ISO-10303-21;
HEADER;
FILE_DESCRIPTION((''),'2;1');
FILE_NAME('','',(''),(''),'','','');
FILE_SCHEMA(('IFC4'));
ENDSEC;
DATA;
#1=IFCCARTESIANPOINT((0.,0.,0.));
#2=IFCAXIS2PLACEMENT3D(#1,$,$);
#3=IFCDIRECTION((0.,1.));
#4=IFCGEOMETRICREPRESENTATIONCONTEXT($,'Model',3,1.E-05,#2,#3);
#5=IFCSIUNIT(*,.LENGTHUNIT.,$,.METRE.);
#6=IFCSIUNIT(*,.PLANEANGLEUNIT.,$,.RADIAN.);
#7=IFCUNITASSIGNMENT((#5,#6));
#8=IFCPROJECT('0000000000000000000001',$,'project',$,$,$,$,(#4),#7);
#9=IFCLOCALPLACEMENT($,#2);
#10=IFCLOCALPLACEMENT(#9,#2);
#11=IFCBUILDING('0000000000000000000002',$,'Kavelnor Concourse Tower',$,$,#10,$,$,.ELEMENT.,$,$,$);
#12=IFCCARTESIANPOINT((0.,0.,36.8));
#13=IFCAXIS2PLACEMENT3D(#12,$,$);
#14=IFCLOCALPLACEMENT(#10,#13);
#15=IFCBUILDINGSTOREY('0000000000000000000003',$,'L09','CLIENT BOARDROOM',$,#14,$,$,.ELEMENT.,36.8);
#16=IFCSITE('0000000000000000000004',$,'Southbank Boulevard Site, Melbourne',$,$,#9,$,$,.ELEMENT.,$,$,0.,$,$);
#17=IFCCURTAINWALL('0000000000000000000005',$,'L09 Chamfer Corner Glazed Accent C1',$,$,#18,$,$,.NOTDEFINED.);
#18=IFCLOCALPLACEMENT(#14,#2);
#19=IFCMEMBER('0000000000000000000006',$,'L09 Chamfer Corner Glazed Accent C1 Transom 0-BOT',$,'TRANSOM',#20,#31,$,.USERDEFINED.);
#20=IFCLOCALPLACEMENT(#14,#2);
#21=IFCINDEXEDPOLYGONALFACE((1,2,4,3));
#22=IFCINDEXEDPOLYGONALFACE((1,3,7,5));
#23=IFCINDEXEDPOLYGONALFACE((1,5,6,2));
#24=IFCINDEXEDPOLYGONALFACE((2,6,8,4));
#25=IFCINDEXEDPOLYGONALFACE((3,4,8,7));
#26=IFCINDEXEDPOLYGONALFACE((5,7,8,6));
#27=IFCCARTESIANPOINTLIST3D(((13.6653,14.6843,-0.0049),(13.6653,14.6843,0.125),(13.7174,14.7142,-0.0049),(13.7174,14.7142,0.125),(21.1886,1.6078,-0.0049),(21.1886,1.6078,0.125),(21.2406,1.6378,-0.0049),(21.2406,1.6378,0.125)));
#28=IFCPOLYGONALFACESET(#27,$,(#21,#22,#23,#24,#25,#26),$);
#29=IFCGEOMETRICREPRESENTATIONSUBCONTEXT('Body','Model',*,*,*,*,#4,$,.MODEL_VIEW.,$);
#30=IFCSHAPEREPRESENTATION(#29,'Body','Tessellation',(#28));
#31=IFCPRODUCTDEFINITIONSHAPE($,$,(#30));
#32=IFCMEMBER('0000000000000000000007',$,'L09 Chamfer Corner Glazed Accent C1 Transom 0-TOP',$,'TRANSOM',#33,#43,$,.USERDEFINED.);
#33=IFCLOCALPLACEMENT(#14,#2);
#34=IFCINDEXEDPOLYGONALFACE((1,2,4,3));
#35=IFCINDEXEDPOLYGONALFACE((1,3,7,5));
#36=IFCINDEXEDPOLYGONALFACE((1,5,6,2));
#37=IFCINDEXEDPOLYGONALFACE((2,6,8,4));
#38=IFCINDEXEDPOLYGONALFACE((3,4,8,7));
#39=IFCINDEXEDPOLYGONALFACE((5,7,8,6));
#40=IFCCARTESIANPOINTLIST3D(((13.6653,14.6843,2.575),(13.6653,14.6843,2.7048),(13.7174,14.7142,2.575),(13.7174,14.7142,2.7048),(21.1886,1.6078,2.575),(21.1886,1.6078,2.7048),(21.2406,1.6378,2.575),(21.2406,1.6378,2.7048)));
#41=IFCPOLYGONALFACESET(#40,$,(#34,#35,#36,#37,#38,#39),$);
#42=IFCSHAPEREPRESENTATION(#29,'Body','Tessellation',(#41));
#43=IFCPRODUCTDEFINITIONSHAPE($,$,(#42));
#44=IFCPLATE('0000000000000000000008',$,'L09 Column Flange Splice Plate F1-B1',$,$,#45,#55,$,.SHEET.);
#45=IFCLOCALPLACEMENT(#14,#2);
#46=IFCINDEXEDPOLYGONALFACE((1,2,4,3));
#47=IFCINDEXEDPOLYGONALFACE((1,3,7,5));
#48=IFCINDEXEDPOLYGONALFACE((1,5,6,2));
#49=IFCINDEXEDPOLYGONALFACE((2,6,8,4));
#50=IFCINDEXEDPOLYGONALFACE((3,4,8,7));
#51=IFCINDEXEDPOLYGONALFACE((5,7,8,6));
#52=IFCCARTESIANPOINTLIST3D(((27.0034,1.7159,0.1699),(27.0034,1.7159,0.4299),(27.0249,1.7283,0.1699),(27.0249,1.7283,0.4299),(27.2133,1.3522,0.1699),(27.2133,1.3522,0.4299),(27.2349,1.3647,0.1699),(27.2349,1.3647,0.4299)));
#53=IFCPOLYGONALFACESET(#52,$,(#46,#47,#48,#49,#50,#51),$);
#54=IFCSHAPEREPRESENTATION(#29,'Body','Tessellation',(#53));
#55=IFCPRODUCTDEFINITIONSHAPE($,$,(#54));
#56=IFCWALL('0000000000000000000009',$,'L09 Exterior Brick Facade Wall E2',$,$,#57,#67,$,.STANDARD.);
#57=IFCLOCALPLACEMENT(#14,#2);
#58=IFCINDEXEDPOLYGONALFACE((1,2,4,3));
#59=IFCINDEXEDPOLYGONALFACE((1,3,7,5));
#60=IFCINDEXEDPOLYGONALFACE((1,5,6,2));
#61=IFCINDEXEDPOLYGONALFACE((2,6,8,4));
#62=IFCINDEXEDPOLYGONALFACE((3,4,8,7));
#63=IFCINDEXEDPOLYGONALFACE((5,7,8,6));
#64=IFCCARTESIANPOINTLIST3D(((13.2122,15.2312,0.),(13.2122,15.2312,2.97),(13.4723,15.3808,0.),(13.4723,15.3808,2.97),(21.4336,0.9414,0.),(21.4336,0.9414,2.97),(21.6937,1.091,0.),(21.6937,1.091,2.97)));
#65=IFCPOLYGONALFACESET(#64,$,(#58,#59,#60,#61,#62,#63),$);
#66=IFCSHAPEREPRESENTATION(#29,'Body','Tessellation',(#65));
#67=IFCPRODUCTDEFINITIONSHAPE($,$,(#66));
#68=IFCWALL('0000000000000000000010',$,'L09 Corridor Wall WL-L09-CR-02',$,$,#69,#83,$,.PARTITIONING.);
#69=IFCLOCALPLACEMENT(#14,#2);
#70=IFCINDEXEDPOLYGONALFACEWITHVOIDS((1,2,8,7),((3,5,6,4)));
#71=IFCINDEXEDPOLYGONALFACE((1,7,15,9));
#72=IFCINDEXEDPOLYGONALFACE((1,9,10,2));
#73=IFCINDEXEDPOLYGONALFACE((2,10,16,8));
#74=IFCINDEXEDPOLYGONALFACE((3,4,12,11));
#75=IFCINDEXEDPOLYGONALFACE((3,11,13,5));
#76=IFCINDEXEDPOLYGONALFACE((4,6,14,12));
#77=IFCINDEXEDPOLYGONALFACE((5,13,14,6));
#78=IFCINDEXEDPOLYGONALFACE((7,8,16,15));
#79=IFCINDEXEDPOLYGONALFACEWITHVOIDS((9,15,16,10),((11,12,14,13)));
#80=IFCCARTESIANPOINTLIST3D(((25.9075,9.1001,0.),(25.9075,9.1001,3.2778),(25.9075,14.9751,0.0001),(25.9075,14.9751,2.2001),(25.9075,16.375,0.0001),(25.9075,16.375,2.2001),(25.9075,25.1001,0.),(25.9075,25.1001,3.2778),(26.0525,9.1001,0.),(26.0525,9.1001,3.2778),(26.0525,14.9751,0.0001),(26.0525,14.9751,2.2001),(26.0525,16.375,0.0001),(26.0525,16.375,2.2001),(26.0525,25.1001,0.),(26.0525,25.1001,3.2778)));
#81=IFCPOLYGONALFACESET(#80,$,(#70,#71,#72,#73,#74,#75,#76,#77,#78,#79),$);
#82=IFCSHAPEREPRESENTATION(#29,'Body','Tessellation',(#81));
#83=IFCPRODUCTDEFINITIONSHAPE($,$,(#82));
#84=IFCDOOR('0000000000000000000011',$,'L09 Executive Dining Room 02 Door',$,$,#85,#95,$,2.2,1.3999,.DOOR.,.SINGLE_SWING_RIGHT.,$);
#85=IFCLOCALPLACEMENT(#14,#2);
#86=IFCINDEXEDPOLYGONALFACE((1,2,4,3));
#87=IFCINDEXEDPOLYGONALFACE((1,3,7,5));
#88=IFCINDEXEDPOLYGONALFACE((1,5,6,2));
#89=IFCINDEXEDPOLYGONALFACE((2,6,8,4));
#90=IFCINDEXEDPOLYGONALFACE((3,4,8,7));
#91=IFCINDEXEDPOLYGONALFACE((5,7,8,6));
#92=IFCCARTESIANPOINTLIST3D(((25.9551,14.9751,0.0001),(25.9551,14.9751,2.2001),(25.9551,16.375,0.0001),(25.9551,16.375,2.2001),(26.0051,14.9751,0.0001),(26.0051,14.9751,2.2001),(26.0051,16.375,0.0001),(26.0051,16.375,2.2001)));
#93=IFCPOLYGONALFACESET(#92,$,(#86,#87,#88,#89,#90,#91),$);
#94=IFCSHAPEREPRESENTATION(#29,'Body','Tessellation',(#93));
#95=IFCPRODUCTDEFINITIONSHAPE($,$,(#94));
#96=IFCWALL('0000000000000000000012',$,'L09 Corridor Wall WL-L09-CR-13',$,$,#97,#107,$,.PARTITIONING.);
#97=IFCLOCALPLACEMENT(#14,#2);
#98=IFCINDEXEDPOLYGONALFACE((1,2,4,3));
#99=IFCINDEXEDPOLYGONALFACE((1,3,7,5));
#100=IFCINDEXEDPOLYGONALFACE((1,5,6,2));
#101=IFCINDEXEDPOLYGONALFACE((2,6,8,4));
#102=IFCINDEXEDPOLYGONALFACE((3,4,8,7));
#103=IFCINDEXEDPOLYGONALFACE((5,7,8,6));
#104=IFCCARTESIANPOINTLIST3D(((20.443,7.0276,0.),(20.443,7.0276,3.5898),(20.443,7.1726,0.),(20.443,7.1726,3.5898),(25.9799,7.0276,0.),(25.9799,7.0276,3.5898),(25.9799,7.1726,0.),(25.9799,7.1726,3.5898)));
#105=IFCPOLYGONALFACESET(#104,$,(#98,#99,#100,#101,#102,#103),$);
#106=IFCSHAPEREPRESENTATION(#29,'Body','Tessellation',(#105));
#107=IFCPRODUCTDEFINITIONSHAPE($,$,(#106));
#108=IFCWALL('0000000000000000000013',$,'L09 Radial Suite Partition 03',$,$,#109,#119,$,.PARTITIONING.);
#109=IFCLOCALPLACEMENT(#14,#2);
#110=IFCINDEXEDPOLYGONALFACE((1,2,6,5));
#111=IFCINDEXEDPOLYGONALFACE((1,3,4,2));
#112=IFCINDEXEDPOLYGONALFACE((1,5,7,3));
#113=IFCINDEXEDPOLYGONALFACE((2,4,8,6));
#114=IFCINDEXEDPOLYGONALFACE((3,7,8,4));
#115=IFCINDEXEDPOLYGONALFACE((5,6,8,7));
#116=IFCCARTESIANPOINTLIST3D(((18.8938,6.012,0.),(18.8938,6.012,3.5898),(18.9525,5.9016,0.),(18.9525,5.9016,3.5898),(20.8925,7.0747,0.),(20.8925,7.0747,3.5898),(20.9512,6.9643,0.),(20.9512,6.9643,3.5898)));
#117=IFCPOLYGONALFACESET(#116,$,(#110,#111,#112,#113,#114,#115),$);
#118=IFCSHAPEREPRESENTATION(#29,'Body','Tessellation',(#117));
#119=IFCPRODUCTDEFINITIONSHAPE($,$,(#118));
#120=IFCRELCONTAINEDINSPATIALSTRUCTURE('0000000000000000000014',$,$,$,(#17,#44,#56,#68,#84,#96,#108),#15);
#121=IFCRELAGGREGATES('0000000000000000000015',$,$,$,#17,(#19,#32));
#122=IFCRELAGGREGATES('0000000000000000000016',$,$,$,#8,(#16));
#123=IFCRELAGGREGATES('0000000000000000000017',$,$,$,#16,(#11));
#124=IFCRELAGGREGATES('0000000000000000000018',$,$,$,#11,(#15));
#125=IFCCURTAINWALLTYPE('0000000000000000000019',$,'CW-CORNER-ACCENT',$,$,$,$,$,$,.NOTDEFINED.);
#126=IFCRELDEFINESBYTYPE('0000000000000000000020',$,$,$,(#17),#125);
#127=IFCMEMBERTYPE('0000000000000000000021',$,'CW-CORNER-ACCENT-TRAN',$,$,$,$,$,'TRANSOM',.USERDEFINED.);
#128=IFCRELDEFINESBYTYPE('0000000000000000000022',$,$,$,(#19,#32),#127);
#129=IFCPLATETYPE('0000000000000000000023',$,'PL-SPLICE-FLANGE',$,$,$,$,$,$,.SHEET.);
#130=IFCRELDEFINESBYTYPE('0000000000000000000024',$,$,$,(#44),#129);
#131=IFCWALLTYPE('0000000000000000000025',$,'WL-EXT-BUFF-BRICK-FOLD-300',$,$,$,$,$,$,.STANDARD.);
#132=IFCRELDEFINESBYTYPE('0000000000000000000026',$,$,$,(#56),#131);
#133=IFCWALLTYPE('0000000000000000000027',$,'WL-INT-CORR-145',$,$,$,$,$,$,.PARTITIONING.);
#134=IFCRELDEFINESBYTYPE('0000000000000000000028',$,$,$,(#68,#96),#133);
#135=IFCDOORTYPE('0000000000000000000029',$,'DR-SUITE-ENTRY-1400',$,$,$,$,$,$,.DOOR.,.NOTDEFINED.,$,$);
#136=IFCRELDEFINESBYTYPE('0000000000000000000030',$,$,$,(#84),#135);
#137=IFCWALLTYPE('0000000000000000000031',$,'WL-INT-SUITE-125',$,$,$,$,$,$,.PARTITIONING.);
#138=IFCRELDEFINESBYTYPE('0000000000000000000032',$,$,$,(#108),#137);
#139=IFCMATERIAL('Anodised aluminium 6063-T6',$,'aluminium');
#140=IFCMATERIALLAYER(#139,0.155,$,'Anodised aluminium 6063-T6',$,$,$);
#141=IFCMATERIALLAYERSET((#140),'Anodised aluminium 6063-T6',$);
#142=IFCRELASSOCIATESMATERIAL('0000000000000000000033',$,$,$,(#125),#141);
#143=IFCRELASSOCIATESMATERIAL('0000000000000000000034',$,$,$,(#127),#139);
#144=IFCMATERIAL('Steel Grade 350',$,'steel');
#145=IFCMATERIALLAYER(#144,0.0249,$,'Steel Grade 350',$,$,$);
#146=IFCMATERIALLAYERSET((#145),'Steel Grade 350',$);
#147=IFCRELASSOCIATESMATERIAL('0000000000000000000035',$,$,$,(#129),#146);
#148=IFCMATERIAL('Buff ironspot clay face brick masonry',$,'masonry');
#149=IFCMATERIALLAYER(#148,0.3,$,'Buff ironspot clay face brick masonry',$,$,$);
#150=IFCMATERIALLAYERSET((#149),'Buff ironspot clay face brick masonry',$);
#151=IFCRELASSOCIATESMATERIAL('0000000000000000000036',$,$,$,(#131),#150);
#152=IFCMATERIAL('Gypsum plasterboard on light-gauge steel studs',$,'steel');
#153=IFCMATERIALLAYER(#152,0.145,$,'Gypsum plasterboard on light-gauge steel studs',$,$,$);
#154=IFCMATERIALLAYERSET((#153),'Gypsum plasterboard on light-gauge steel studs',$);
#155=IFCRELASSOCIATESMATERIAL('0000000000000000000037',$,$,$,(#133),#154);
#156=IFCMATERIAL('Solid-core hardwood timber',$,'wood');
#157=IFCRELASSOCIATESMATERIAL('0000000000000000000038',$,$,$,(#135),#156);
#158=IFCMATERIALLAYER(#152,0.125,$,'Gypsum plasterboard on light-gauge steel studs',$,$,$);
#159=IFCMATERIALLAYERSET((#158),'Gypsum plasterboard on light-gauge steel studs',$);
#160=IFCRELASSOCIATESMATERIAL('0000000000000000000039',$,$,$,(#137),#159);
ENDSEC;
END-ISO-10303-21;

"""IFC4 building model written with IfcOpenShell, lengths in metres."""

from ifc_helpers import new_model, si_unit, direction, frame, frame_2d, origin, origin_2d, place, context, subcontext, project, spatial, rectangle, extrude, material, layer, layer_set, material_profile, profile_set, type_object, element, fill, aggregate, save


model = new_model("IFC4")

# Units and contexts
model_context = context("Model", 3, precision=1e-05, world=origin(), true_north=direction((0.0, 1.0)))
body_context = subcontext(model_context, "Body", "Model", "MODEL_VIEW")
ifc_project = project(units=[si_unit("LENGTHUNIT", "METRE"), si_unit("PLANEANGLEUNIT", "RADIAN")], contexts=[model_context])

# Site, building, storey
site_placement = place(None, origin())
site = spatial("IfcSite", under=ifc_project, at=site_placement, Name="Southbank Boulevard Site, Melbourne", CompositionType="ELEMENT", RefElevation=0.0)
building_placement = place(site_placement, origin())
building = spatial("IfcBuilding", under=site, at=building_placement, Name="Kavelnor Concourse Tower", CompositionType="ELEMENT")
storey_placement = place(building_placement, frame((0.0, 0.0, 36.8)))
storey = spatial("IfcBuildingStorey", under=building, at=storey_placement, Name="L09", Description="CLIENT BOARDROOM", CompositionType="ELEMENT", Elevation=36.8)

# Shared definitions
ifc_material_1 = material(Name="Steel Grade 350", Category="steel")

# Curtain wall, members
ifc_material_2 = material(Name="Anodised aluminium 6063-T6", Category="aluminium")
ifc_layer_1 = layer(ifc_material_2, 0.155, Name="Anodised aluminium 6063-T6")
ifc_layer_set_1 = layer_set([ifc_layer_1], Name="Anodised aluminium 6063-T6")
curtain_wall_type = type_object("IfcCurtainWallType", Name="CW-CORNER-ACCENT", PredefinedType="NOTDEFINED", material=ifc_layer_set_1)
curtain_wall_placement = place(storey_placement, origin())
curtain_wall = element("IfcCurtainWall", 1, at=curtain_wall_placement, inside=storey, type_object=curtain_wall_type, Name="L09 Chamfer Corner Glazed Accent C1", PredefinedType="NOTDEFINED")
ifc_material_profile_1 = material_profile(ifc_material_2, rectangle(XDim=0.0601, YDim=0.1299, at=origin_2d()), Name="AL-TRAN 60x130")
ifc_profile_set_1 = profile_set([ifc_material_profile_1], Name="Anodised aluminium 6063-T6")
member_type_1 = type_object("IfcMemberType", Name="CW-CORNER-ACCENT-TRAN", ElementType="TRANSOM", PredefinedType="USERDEFINED", material=ifc_profile_set_1)
member_1_placement = place(storey_placement, frame((21.2146, 1.6228, 0.0601), z_axis=(-0.498683, 0.866784, 0.0), x_axis=(-0.866784, -0.498683, 0.0)))
member_1 = element("IfcMember", 2, at=member_1_placement, type_object=member_type_1, Name="L09 Chamfer Corner Glazed Accent C1 Transom 0-BOT", ObjectType="TRANSOM", PredefinedType="USERDEFINED", context=body_context, shape_type="SweptSolid", body=[
    extrude(rectangle(XDim=0.0601, YDim=0.1299, at=origin_2d()), origin(), (0.0, 0.0, 1.0), 15.0862),
])
member_2_placement = place(storey_placement, frame((21.2146, 1.6228, 2.6399), z_axis=(-0.498683, 0.866784, 0.0), x_axis=(-0.866784, -0.498683, 0.0)))
member_2 = element("IfcMember", 3, at=member_2_placement, type_object=member_type_1, Name="L09 Chamfer Corner Glazed Accent C1 Transom 0-TOP", ObjectType="TRANSOM", PredefinedType="USERDEFINED", context=body_context, shape_type="SweptSolid", body=[
    extrude(rectangle(XDim=0.0601, YDim=0.1299, at=origin_2d()), origin(), (0.0, 0.0, 1.0), 15.0862),
])
aggregate(curtain_wall, [member_1, member_2])

# Plate
ifc_layer_2 = layer(ifc_material_1, 0.0249, Name="Steel Grade 350")
ifc_layer_set_2 = layer_set([ifc_layer_2], Name="Steel Grade 350")
plate_type = type_object("IfcPlateType", Name="PL-SPLICE-FLANGE", PredefinedType="SHEET", material=ifc_layer_set_2)
plate_placement = place(storey_placement, frame((27.1191, 1.5403, 0.1699), z_axis=(0.0, 0.0, 1.0), x_axis=(-0.5, 0.866025, 0.0)))
element("IfcPlate", 4, at=plate_placement, inside=storey, type_object=plate_type, Name="L09 Column Flange Splice Plate F1-B1", PredefinedType="SHEET", context=body_context, shape_type="SweptSolid", body=[
    extrude(rectangle(XDim=0.4199, YDim=0.0249, at=origin_2d()), origin(), (0.0, 0.0, 1.0), 0.26),
])

# Wall
ifc_material_3 = material(Name="Buff ironspot clay face brick masonry", Category="masonry")
ifc_layer_3 = layer(ifc_material_3, 0.3, Name="Buff ironspot clay face brick masonry")
ifc_layer_set_3 = layer_set([ifc_layer_3], Name="Buff ironspot clay face brick masonry")
wall_type_1 = type_object("IfcWallType", Name="WL-EXT-BUFF-BRICK-FOLD-300", PredefinedType="STANDARD", material=ifc_layer_set_3)
wall_1_placement = place(storey_placement, frame((21.5637, 1.0161, 0.0), z_axis=(0.0, 0.0, 1.0), x_axis=(-0.49869, 0.86678, 0.0)))
element("IfcWall", 5, at=wall_1_placement, inside=storey, type_object=wall_type_1, Name="L09 Exterior Brick Facade Wall E2", PredefinedType="STANDARD", context=body_context, shape_type="SweptSolid", body=[
    extrude(rectangle(XDim=16.4861, YDim=0.3, at=frame_2d((8.2432, 0.0))), origin(), (0.0, 0.0, 1.0), 2.97),
])

# Wall, opening, door
ifc_material_4 = material(Name="Gypsum plasterboard on light-gauge steel studs", Category="steel")
ifc_layer_4 = layer(ifc_material_4, 0.145, Name="Gypsum plasterboard on light-gauge steel studs")
ifc_layer_set_4 = layer_set([ifc_layer_4], Name="Gypsum plasterboard on light-gauge steel studs")
wall_type_2 = type_object("IfcWallType", Name="WL-INT-CORR-145", PredefinedType="PARTITIONING", material=ifc_layer_set_4)
wall_2_placement = place(storey_placement, frame((25.98, 9.1001, 0.0), z_axis=(0.0, 0.0, 1.0), x_axis=(0.0, 1.0, 0.0)))
wall_2 = element("IfcWall", 6, at=wall_2_placement, inside=storey, type_object=wall_type_2, Name="L09 Corridor Wall WL-L09-CR-02", PredefinedType="PARTITIONING", context=body_context, shape_type="SweptSolid", body=[
    extrude(rectangle(XDim=16.0, YDim=0.145, at=frame_2d((8.0, 0.0))), origin(), (0.0, 0.0, 1.0), 3.2778),
])
opening_placement = place(wall_2_placement, frame((5.875, 0.0, 0.0)))
opening = element("IfcOpeningElement", 7, at=opening_placement, cuts=wall_2, PredefinedType="OPENING", context=body_context, shape_type="SweptSolid", body=[
    extrude(rectangle(XDim=1.3999, YDim=2.2, at=frame_2d((0.7, 1.1001))), frame((0.0, 0.0825, 0.0), z_axis=(0.0, -1.0, 0.0), x_axis=(1.0, 0.0, 0.0)), (0.0, 0.0, 1.0), 0.165),
])
ifc_material_5 = material(Name="Solid-core hardwood timber", Category="wood")
door_type = type_object("IfcDoorType", Name="DR-SUITE-ENTRY-1400", OperationType="NOTDEFINED", PredefinedType="DOOR", material=ifc_material_5)
door_placement = place(opening_placement, origin())
door = element("IfcDoor", 8, at=door_placement, inside=storey, type_object=door_type, Name="L09 Executive Dining Room 02 Door", OperationType="SINGLE_SWING_RIGHT", OverallHeight=2.2, OverallWidth=1.3999, PredefinedType="DOOR", context=body_context, shape_type="SweptSolid", body=[
    extrude(rectangle(XDim=1.3999, YDim=2.2, at=frame_2d((0.7, 1.1001))), frame((0.0, 0.0249, 0.0), z_axis=(0.0, -1.0, 0.0), x_axis=(1.0, 0.0, 0.0)), (0.0, 0.0, 1.0), 0.05),
])
fill(opening, door)

# Walls
wall_3_placement = place(storey_placement, frame((25.98, 7.1001, 0.0), z_axis=(0.0, 0.0, 1.0), x_axis=(-1.0, 0.0, 0.0)))
element("IfcWall", 9, at=wall_3_placement, inside=storey, type_object=wall_type_2, Name="L09 Corridor Wall WL-L09-CR-13", PredefinedType="PARTITIONING", context=body_context, shape_type="SweptSolid", body=[
    extrude(rectangle(XDim=5.5369, YDim=0.145, at=frame_2d((2.7686, 0.0))), origin(), (0.0, 0.0, 1.0), 3.5898),
])
ifc_layer_5 = layer(ifc_material_4, 0.125, Name="Gypsum plasterboard on light-gauge steel studs")
ifc_layer_set_5 = layer_set([ifc_layer_5], Name="Gypsum plasterboard on light-gauge steel studs")
wall_type_3 = type_object("IfcWallType", Name="WL-INT-SUITE-125", PredefinedType="PARTITIONING", material=ifc_layer_set_5)
wall_4_placement = place(storey_placement, frame((20.9219, 7.0195, 0.0), z_axis=(0.0, 0.0, 1.0), x_axis=(-0.882952, -0.469463, 0.0)))
element("IfcWall", 10, at=wall_4_placement, inside=storey, type_object=wall_type_3, Name="L09 Radial Suite Partition 03", PredefinedType="PARTITIONING", context=body_context, shape_type="SweptSolid", body=[
    extrude(rectangle(XDim=2.2637, YDim=0.125, at=frame_2d((1.1318, 0.0))), origin(), (0.0, 0.0, 1.0), 3.5898),
])

save(model, "model.ifc")
